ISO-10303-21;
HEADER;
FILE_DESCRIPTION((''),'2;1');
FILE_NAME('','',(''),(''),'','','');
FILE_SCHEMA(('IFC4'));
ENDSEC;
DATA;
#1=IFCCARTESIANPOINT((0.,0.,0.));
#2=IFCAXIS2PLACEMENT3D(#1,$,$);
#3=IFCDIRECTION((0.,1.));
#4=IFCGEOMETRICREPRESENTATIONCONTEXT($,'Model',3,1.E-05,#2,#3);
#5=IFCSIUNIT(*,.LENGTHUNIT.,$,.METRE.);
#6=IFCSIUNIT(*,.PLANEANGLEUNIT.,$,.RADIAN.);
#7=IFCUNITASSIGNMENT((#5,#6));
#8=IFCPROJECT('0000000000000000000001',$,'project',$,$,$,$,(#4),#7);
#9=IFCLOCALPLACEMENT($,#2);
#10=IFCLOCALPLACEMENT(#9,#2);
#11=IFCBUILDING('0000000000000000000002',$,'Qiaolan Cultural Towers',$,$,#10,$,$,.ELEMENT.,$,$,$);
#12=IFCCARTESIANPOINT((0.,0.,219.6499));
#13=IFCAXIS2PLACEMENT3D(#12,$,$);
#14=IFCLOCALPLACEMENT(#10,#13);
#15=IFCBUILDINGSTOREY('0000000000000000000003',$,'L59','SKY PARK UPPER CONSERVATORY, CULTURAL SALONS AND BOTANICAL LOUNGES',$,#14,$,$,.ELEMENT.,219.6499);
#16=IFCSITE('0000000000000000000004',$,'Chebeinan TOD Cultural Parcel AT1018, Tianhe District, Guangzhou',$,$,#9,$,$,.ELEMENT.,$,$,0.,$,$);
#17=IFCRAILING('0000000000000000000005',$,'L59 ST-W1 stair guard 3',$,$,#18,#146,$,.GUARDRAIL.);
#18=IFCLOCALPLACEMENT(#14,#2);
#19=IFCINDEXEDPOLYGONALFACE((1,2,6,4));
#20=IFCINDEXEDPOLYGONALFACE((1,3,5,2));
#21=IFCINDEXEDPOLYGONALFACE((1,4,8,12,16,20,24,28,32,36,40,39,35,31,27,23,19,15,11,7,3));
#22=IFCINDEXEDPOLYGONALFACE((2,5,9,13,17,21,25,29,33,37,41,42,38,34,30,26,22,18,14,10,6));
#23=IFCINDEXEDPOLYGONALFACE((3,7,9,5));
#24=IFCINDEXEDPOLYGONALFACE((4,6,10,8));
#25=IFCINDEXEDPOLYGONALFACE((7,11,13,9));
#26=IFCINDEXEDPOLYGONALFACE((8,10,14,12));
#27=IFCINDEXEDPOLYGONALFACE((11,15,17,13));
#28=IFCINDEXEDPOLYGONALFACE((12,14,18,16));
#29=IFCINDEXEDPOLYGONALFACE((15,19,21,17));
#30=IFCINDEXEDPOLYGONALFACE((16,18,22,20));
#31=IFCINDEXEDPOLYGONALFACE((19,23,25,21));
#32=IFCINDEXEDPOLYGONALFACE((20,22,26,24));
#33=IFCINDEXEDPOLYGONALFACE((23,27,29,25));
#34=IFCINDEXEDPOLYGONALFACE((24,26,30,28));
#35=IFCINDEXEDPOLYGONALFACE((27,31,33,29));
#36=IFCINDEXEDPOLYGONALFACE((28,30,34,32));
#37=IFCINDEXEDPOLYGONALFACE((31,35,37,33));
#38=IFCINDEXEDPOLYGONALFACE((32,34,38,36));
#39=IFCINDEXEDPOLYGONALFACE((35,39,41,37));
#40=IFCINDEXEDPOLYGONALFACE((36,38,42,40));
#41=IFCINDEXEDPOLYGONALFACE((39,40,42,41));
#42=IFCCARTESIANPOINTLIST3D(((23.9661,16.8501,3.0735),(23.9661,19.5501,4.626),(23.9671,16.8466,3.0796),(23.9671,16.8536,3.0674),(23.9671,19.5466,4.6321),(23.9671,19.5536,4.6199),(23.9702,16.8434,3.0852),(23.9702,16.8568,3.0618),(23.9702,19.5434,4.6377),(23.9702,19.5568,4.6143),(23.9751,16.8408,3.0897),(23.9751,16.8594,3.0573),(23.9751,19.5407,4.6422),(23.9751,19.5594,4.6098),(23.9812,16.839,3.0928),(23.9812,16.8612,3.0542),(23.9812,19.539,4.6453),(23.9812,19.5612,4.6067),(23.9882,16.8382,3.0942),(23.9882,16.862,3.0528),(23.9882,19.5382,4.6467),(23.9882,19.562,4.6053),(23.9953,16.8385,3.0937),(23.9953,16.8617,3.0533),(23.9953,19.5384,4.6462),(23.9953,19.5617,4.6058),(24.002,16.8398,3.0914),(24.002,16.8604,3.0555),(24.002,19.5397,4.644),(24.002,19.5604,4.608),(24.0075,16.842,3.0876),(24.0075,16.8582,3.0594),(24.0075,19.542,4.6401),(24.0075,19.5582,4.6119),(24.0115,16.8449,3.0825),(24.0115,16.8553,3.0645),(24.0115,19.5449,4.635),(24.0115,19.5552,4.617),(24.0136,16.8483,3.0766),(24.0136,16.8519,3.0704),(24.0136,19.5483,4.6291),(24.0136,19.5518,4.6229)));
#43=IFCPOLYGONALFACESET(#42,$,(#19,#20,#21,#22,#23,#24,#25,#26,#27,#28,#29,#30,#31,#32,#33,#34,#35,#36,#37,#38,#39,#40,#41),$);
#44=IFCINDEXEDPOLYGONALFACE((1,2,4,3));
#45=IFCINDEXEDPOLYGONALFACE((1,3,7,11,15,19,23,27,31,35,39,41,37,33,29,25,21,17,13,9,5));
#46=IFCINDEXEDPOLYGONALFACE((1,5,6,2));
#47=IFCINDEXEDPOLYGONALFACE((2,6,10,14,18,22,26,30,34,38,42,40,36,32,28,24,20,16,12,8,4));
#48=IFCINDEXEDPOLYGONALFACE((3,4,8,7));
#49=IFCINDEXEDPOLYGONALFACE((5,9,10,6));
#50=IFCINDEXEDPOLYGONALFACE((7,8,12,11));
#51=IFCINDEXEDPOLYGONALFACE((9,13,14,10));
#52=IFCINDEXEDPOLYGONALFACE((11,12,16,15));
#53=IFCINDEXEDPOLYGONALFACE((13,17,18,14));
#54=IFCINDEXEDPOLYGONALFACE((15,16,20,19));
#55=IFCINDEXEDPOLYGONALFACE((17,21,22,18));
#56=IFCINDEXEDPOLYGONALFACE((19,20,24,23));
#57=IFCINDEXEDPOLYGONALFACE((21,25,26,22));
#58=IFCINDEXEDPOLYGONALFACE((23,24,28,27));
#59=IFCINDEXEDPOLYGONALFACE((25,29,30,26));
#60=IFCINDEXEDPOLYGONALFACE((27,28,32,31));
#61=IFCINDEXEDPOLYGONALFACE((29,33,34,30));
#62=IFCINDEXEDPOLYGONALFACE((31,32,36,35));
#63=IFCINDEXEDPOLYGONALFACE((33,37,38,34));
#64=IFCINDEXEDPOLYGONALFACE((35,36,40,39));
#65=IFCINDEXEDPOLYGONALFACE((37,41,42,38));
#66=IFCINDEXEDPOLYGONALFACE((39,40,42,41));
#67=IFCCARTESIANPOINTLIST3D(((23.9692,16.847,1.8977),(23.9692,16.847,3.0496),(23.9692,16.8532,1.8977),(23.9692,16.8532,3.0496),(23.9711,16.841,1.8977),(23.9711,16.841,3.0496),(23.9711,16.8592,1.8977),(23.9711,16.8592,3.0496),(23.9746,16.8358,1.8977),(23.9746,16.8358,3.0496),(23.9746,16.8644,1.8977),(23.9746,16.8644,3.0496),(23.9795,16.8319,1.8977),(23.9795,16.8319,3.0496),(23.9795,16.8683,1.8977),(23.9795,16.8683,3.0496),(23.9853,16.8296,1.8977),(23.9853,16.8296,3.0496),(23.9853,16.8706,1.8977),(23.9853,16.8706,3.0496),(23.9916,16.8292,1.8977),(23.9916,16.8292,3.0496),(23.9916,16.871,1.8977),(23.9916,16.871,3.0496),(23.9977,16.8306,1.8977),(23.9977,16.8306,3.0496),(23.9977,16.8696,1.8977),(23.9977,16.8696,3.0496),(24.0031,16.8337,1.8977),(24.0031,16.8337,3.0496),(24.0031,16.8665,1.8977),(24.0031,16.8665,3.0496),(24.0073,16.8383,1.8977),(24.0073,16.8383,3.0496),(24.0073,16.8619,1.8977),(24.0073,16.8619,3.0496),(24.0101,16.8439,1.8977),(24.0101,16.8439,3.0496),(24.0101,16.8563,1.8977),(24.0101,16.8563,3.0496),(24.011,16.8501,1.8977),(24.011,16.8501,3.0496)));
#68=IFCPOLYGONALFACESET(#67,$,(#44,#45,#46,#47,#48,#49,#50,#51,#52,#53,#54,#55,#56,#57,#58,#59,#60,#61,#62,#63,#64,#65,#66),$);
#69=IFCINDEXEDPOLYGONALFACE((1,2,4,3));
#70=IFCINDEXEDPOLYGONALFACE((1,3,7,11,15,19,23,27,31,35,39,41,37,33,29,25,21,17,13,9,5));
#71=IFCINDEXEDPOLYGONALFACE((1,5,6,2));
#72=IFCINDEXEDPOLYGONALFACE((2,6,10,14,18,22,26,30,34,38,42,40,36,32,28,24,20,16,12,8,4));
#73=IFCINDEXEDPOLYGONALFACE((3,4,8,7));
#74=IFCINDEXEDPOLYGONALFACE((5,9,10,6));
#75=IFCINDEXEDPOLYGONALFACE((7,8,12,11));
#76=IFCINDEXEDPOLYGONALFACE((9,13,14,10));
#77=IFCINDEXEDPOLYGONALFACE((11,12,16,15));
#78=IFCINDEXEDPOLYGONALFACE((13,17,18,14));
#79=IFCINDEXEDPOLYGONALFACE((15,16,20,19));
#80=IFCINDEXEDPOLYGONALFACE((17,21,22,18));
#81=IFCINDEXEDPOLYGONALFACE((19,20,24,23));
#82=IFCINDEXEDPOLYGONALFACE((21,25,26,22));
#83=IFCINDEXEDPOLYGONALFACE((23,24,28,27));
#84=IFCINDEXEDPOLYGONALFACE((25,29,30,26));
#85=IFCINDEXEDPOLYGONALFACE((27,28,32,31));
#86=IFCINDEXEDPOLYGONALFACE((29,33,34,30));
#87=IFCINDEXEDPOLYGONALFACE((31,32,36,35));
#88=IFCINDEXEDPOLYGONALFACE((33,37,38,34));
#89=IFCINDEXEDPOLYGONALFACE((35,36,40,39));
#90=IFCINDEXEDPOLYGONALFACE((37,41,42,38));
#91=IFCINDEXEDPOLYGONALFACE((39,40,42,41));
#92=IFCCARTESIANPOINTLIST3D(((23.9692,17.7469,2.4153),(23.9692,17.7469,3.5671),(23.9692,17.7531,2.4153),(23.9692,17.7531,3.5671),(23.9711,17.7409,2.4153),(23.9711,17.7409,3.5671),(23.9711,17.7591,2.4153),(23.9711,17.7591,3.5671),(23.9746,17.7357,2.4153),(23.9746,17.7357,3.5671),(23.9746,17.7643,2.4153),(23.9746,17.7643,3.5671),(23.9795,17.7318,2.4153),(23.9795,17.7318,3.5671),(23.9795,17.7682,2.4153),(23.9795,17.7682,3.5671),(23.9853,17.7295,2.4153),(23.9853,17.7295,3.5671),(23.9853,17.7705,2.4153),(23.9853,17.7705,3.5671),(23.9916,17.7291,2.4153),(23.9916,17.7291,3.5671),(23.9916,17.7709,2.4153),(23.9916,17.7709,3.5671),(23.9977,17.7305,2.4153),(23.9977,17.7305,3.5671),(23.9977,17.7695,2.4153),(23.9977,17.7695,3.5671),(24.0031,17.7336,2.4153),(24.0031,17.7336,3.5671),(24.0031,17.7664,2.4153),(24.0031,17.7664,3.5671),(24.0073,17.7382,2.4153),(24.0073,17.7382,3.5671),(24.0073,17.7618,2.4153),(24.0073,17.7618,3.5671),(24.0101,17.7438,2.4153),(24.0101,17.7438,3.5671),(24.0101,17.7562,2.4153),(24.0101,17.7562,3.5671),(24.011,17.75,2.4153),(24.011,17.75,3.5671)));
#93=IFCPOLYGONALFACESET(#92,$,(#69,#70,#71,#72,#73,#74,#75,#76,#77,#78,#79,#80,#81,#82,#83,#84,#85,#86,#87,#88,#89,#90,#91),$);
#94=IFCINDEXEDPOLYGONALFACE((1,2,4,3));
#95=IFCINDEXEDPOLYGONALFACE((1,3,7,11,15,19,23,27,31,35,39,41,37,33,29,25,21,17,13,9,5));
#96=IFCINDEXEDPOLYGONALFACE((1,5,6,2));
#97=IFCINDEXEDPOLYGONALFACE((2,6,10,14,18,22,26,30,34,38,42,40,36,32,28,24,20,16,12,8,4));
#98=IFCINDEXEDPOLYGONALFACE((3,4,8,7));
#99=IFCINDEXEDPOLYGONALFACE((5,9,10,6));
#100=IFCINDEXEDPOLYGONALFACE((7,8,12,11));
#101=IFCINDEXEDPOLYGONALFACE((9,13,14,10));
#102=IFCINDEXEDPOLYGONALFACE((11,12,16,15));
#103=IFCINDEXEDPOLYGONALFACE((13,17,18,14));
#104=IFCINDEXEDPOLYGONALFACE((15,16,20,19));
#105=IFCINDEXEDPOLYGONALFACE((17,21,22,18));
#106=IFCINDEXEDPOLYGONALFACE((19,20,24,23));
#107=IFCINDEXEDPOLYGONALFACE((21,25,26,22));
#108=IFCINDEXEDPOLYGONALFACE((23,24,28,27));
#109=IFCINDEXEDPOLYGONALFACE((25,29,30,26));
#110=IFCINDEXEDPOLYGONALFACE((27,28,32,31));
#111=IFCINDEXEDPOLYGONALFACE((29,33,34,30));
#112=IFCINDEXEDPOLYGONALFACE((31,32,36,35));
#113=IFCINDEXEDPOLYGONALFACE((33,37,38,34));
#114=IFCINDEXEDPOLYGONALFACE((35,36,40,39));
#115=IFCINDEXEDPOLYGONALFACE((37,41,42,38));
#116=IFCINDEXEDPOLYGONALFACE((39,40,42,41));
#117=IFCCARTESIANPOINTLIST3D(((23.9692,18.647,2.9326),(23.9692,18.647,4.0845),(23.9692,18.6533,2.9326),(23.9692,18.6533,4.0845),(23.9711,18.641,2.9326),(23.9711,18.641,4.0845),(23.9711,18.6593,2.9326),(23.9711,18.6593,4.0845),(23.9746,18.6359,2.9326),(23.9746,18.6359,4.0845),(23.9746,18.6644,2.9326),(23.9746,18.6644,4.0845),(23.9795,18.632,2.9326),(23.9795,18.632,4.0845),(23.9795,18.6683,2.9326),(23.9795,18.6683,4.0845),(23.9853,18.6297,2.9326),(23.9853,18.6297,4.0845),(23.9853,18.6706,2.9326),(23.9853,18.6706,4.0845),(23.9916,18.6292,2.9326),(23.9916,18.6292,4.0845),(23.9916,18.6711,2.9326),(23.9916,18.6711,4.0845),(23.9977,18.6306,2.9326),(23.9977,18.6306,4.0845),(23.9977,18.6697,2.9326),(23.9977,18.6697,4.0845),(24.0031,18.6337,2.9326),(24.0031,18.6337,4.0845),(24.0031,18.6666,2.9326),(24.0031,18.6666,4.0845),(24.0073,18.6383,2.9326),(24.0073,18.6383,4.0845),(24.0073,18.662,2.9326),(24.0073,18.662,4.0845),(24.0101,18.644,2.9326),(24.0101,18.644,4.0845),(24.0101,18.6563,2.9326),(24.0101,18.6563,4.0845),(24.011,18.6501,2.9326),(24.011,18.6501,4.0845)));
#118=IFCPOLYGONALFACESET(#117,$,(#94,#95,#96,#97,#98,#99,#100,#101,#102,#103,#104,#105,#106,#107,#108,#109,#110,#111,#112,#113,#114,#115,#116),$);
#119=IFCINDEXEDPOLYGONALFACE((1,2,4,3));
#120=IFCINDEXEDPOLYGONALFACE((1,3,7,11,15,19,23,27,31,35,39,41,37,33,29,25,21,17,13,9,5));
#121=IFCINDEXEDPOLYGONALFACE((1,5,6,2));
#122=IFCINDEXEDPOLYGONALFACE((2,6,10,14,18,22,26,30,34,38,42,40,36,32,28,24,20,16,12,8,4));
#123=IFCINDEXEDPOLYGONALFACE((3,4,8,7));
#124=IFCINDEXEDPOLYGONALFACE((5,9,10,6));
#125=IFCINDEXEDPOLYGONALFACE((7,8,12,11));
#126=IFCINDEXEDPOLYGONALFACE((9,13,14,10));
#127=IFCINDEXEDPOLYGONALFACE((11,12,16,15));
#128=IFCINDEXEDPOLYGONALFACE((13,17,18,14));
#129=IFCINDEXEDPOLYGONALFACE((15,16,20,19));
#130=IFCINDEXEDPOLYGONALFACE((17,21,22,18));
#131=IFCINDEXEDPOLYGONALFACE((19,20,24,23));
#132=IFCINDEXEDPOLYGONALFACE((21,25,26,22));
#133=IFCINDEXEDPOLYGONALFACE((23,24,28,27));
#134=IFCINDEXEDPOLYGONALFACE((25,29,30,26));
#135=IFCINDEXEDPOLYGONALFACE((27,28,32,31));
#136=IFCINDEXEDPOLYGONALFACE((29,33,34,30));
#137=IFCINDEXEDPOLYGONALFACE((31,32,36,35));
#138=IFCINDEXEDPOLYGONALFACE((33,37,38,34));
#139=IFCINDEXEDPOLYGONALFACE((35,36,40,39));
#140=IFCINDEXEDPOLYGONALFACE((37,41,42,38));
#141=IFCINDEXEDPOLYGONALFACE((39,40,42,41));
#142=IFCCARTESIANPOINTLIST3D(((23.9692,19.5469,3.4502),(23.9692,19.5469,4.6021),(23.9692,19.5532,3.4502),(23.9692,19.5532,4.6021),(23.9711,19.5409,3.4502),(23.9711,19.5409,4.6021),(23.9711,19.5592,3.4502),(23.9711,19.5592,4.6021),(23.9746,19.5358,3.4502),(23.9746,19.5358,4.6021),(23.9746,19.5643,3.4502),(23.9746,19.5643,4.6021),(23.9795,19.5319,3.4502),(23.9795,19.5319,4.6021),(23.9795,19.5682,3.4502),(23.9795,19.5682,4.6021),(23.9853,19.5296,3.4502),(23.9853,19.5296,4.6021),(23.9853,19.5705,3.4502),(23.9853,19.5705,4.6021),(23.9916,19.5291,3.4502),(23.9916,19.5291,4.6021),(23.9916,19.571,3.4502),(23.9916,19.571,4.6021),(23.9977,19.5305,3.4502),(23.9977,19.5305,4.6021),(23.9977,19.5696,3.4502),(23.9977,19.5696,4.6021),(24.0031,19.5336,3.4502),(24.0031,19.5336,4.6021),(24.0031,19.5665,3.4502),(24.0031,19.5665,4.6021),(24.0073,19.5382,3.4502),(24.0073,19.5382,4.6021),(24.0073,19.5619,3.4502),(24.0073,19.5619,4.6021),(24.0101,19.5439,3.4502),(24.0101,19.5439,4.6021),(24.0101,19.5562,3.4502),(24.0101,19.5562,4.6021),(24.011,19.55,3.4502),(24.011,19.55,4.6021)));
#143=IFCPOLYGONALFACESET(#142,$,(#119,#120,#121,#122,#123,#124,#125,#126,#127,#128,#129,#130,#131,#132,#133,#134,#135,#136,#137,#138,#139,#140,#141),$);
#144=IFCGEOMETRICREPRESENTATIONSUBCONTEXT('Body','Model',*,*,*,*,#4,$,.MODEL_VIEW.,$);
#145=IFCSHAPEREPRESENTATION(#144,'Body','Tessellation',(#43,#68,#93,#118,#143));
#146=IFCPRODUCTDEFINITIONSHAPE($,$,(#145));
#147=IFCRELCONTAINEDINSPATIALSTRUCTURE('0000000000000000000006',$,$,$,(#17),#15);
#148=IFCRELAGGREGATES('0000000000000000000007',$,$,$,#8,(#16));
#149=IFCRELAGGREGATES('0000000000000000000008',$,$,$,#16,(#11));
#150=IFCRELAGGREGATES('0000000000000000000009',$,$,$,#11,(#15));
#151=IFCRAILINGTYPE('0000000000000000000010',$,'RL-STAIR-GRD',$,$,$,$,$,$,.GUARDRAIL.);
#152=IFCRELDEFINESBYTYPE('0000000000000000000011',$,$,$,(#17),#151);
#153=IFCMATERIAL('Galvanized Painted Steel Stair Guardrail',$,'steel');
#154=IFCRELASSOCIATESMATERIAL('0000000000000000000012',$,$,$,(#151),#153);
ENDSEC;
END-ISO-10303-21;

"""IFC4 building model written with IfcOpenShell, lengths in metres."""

from ifc_helpers import new_model, si_unit, direction, frame, origin, origin_2d, place, context, subcontext, project, spatial, circle, extrude, material, type_object, element, save


model = new_model("IFC4")

# Units and contexts
model_context = context("Model", 3, precision=1e-05, world=origin(), true_north=direction((0.0, 1.0)))
body_context = subcontext(model_context, "Body", "Model", "MODEL_VIEW")
ifc_project = project(units=[si_unit("LENGTHUNIT", "METRE"), si_unit("PLANEANGLEUNIT", "RADIAN")], contexts=[model_context])

# Site, building, storey
site_placement = place(None, origin())
site = spatial("IfcSite", under=ifc_project, at=site_placement, Name="Chebeinan TOD Cultural Parcel AT1018, Tianhe District, Guangzhou", CompositionType="ELEMENT", RefElevation=0.0)
building_placement = place(site_placement, origin())
building = spatial("IfcBuilding", under=site, at=building_placement, Name="Qiaolan Cultural Towers", CompositionType="ELEMENT")
storey_placement = place(building_placement, frame((0.0, 0.0, 219.6499)))
storey = spatial("IfcBuildingStorey", under=building, at=storey_placement, Name="L59", Description="SKY PARK UPPER CONSERVATORY, CULTURAL SALONS AND BOTANICAL LOUNGES", CompositionType="ELEMENT", Elevation=219.6499)

# Railing
ifc_material_1 = material(Name="Galvanized Painted Steel Stair Guardrail", Category="steel")
railing_type_1 = type_object("IfcRailingType", Name="RL-STAIR-GRD", PredefinedType="GUARDRAIL", material=ifc_material_1)
railing_1_placement = place(storey_placement, frame((23.99, 16.8501, 1.8977)))
element("IfcRailing", 1, at=railing_1_placement, inside=storey, type_object=railing_type_1, Name="L59 ST-W1 stair guard 3", PredefinedType="GUARDRAIL", context=body_context, shape_type="SweptSolid", body=[
    extrude(circle(Radius=0.0239, at=origin_2d()), frame((0.0, 0.0, 1.1758), z_axis=(0.0, 0.866904, 0.498476), x_axis=(-1.0, 0.0, 0.0)), (0.0, 0.0, 1.0), 3.1145),
    extrude(circle(Radius=0.021, at=origin_2d()), origin(), (0.0, 0.0, 1.0), 1.1519),
    extrude(circle(Radius=0.021, at=origin_2d()), frame((0.0, 0.8999, 0.5176)), (0.0, 0.0, 1.0), 1.1519),
    extrude(circle(Radius=0.021, at=origin_2d()), frame((0.0, 1.8, 1.0349)), (0.0, 0.0, 1.0), 1.1519),
    extrude(circle(Radius=0.021, at=origin_2d()), frame((0.0, 2.7, 1.5525)), (0.0, 0.0, 1.0), 1.1519),
])

save(model, "model.ifc")
